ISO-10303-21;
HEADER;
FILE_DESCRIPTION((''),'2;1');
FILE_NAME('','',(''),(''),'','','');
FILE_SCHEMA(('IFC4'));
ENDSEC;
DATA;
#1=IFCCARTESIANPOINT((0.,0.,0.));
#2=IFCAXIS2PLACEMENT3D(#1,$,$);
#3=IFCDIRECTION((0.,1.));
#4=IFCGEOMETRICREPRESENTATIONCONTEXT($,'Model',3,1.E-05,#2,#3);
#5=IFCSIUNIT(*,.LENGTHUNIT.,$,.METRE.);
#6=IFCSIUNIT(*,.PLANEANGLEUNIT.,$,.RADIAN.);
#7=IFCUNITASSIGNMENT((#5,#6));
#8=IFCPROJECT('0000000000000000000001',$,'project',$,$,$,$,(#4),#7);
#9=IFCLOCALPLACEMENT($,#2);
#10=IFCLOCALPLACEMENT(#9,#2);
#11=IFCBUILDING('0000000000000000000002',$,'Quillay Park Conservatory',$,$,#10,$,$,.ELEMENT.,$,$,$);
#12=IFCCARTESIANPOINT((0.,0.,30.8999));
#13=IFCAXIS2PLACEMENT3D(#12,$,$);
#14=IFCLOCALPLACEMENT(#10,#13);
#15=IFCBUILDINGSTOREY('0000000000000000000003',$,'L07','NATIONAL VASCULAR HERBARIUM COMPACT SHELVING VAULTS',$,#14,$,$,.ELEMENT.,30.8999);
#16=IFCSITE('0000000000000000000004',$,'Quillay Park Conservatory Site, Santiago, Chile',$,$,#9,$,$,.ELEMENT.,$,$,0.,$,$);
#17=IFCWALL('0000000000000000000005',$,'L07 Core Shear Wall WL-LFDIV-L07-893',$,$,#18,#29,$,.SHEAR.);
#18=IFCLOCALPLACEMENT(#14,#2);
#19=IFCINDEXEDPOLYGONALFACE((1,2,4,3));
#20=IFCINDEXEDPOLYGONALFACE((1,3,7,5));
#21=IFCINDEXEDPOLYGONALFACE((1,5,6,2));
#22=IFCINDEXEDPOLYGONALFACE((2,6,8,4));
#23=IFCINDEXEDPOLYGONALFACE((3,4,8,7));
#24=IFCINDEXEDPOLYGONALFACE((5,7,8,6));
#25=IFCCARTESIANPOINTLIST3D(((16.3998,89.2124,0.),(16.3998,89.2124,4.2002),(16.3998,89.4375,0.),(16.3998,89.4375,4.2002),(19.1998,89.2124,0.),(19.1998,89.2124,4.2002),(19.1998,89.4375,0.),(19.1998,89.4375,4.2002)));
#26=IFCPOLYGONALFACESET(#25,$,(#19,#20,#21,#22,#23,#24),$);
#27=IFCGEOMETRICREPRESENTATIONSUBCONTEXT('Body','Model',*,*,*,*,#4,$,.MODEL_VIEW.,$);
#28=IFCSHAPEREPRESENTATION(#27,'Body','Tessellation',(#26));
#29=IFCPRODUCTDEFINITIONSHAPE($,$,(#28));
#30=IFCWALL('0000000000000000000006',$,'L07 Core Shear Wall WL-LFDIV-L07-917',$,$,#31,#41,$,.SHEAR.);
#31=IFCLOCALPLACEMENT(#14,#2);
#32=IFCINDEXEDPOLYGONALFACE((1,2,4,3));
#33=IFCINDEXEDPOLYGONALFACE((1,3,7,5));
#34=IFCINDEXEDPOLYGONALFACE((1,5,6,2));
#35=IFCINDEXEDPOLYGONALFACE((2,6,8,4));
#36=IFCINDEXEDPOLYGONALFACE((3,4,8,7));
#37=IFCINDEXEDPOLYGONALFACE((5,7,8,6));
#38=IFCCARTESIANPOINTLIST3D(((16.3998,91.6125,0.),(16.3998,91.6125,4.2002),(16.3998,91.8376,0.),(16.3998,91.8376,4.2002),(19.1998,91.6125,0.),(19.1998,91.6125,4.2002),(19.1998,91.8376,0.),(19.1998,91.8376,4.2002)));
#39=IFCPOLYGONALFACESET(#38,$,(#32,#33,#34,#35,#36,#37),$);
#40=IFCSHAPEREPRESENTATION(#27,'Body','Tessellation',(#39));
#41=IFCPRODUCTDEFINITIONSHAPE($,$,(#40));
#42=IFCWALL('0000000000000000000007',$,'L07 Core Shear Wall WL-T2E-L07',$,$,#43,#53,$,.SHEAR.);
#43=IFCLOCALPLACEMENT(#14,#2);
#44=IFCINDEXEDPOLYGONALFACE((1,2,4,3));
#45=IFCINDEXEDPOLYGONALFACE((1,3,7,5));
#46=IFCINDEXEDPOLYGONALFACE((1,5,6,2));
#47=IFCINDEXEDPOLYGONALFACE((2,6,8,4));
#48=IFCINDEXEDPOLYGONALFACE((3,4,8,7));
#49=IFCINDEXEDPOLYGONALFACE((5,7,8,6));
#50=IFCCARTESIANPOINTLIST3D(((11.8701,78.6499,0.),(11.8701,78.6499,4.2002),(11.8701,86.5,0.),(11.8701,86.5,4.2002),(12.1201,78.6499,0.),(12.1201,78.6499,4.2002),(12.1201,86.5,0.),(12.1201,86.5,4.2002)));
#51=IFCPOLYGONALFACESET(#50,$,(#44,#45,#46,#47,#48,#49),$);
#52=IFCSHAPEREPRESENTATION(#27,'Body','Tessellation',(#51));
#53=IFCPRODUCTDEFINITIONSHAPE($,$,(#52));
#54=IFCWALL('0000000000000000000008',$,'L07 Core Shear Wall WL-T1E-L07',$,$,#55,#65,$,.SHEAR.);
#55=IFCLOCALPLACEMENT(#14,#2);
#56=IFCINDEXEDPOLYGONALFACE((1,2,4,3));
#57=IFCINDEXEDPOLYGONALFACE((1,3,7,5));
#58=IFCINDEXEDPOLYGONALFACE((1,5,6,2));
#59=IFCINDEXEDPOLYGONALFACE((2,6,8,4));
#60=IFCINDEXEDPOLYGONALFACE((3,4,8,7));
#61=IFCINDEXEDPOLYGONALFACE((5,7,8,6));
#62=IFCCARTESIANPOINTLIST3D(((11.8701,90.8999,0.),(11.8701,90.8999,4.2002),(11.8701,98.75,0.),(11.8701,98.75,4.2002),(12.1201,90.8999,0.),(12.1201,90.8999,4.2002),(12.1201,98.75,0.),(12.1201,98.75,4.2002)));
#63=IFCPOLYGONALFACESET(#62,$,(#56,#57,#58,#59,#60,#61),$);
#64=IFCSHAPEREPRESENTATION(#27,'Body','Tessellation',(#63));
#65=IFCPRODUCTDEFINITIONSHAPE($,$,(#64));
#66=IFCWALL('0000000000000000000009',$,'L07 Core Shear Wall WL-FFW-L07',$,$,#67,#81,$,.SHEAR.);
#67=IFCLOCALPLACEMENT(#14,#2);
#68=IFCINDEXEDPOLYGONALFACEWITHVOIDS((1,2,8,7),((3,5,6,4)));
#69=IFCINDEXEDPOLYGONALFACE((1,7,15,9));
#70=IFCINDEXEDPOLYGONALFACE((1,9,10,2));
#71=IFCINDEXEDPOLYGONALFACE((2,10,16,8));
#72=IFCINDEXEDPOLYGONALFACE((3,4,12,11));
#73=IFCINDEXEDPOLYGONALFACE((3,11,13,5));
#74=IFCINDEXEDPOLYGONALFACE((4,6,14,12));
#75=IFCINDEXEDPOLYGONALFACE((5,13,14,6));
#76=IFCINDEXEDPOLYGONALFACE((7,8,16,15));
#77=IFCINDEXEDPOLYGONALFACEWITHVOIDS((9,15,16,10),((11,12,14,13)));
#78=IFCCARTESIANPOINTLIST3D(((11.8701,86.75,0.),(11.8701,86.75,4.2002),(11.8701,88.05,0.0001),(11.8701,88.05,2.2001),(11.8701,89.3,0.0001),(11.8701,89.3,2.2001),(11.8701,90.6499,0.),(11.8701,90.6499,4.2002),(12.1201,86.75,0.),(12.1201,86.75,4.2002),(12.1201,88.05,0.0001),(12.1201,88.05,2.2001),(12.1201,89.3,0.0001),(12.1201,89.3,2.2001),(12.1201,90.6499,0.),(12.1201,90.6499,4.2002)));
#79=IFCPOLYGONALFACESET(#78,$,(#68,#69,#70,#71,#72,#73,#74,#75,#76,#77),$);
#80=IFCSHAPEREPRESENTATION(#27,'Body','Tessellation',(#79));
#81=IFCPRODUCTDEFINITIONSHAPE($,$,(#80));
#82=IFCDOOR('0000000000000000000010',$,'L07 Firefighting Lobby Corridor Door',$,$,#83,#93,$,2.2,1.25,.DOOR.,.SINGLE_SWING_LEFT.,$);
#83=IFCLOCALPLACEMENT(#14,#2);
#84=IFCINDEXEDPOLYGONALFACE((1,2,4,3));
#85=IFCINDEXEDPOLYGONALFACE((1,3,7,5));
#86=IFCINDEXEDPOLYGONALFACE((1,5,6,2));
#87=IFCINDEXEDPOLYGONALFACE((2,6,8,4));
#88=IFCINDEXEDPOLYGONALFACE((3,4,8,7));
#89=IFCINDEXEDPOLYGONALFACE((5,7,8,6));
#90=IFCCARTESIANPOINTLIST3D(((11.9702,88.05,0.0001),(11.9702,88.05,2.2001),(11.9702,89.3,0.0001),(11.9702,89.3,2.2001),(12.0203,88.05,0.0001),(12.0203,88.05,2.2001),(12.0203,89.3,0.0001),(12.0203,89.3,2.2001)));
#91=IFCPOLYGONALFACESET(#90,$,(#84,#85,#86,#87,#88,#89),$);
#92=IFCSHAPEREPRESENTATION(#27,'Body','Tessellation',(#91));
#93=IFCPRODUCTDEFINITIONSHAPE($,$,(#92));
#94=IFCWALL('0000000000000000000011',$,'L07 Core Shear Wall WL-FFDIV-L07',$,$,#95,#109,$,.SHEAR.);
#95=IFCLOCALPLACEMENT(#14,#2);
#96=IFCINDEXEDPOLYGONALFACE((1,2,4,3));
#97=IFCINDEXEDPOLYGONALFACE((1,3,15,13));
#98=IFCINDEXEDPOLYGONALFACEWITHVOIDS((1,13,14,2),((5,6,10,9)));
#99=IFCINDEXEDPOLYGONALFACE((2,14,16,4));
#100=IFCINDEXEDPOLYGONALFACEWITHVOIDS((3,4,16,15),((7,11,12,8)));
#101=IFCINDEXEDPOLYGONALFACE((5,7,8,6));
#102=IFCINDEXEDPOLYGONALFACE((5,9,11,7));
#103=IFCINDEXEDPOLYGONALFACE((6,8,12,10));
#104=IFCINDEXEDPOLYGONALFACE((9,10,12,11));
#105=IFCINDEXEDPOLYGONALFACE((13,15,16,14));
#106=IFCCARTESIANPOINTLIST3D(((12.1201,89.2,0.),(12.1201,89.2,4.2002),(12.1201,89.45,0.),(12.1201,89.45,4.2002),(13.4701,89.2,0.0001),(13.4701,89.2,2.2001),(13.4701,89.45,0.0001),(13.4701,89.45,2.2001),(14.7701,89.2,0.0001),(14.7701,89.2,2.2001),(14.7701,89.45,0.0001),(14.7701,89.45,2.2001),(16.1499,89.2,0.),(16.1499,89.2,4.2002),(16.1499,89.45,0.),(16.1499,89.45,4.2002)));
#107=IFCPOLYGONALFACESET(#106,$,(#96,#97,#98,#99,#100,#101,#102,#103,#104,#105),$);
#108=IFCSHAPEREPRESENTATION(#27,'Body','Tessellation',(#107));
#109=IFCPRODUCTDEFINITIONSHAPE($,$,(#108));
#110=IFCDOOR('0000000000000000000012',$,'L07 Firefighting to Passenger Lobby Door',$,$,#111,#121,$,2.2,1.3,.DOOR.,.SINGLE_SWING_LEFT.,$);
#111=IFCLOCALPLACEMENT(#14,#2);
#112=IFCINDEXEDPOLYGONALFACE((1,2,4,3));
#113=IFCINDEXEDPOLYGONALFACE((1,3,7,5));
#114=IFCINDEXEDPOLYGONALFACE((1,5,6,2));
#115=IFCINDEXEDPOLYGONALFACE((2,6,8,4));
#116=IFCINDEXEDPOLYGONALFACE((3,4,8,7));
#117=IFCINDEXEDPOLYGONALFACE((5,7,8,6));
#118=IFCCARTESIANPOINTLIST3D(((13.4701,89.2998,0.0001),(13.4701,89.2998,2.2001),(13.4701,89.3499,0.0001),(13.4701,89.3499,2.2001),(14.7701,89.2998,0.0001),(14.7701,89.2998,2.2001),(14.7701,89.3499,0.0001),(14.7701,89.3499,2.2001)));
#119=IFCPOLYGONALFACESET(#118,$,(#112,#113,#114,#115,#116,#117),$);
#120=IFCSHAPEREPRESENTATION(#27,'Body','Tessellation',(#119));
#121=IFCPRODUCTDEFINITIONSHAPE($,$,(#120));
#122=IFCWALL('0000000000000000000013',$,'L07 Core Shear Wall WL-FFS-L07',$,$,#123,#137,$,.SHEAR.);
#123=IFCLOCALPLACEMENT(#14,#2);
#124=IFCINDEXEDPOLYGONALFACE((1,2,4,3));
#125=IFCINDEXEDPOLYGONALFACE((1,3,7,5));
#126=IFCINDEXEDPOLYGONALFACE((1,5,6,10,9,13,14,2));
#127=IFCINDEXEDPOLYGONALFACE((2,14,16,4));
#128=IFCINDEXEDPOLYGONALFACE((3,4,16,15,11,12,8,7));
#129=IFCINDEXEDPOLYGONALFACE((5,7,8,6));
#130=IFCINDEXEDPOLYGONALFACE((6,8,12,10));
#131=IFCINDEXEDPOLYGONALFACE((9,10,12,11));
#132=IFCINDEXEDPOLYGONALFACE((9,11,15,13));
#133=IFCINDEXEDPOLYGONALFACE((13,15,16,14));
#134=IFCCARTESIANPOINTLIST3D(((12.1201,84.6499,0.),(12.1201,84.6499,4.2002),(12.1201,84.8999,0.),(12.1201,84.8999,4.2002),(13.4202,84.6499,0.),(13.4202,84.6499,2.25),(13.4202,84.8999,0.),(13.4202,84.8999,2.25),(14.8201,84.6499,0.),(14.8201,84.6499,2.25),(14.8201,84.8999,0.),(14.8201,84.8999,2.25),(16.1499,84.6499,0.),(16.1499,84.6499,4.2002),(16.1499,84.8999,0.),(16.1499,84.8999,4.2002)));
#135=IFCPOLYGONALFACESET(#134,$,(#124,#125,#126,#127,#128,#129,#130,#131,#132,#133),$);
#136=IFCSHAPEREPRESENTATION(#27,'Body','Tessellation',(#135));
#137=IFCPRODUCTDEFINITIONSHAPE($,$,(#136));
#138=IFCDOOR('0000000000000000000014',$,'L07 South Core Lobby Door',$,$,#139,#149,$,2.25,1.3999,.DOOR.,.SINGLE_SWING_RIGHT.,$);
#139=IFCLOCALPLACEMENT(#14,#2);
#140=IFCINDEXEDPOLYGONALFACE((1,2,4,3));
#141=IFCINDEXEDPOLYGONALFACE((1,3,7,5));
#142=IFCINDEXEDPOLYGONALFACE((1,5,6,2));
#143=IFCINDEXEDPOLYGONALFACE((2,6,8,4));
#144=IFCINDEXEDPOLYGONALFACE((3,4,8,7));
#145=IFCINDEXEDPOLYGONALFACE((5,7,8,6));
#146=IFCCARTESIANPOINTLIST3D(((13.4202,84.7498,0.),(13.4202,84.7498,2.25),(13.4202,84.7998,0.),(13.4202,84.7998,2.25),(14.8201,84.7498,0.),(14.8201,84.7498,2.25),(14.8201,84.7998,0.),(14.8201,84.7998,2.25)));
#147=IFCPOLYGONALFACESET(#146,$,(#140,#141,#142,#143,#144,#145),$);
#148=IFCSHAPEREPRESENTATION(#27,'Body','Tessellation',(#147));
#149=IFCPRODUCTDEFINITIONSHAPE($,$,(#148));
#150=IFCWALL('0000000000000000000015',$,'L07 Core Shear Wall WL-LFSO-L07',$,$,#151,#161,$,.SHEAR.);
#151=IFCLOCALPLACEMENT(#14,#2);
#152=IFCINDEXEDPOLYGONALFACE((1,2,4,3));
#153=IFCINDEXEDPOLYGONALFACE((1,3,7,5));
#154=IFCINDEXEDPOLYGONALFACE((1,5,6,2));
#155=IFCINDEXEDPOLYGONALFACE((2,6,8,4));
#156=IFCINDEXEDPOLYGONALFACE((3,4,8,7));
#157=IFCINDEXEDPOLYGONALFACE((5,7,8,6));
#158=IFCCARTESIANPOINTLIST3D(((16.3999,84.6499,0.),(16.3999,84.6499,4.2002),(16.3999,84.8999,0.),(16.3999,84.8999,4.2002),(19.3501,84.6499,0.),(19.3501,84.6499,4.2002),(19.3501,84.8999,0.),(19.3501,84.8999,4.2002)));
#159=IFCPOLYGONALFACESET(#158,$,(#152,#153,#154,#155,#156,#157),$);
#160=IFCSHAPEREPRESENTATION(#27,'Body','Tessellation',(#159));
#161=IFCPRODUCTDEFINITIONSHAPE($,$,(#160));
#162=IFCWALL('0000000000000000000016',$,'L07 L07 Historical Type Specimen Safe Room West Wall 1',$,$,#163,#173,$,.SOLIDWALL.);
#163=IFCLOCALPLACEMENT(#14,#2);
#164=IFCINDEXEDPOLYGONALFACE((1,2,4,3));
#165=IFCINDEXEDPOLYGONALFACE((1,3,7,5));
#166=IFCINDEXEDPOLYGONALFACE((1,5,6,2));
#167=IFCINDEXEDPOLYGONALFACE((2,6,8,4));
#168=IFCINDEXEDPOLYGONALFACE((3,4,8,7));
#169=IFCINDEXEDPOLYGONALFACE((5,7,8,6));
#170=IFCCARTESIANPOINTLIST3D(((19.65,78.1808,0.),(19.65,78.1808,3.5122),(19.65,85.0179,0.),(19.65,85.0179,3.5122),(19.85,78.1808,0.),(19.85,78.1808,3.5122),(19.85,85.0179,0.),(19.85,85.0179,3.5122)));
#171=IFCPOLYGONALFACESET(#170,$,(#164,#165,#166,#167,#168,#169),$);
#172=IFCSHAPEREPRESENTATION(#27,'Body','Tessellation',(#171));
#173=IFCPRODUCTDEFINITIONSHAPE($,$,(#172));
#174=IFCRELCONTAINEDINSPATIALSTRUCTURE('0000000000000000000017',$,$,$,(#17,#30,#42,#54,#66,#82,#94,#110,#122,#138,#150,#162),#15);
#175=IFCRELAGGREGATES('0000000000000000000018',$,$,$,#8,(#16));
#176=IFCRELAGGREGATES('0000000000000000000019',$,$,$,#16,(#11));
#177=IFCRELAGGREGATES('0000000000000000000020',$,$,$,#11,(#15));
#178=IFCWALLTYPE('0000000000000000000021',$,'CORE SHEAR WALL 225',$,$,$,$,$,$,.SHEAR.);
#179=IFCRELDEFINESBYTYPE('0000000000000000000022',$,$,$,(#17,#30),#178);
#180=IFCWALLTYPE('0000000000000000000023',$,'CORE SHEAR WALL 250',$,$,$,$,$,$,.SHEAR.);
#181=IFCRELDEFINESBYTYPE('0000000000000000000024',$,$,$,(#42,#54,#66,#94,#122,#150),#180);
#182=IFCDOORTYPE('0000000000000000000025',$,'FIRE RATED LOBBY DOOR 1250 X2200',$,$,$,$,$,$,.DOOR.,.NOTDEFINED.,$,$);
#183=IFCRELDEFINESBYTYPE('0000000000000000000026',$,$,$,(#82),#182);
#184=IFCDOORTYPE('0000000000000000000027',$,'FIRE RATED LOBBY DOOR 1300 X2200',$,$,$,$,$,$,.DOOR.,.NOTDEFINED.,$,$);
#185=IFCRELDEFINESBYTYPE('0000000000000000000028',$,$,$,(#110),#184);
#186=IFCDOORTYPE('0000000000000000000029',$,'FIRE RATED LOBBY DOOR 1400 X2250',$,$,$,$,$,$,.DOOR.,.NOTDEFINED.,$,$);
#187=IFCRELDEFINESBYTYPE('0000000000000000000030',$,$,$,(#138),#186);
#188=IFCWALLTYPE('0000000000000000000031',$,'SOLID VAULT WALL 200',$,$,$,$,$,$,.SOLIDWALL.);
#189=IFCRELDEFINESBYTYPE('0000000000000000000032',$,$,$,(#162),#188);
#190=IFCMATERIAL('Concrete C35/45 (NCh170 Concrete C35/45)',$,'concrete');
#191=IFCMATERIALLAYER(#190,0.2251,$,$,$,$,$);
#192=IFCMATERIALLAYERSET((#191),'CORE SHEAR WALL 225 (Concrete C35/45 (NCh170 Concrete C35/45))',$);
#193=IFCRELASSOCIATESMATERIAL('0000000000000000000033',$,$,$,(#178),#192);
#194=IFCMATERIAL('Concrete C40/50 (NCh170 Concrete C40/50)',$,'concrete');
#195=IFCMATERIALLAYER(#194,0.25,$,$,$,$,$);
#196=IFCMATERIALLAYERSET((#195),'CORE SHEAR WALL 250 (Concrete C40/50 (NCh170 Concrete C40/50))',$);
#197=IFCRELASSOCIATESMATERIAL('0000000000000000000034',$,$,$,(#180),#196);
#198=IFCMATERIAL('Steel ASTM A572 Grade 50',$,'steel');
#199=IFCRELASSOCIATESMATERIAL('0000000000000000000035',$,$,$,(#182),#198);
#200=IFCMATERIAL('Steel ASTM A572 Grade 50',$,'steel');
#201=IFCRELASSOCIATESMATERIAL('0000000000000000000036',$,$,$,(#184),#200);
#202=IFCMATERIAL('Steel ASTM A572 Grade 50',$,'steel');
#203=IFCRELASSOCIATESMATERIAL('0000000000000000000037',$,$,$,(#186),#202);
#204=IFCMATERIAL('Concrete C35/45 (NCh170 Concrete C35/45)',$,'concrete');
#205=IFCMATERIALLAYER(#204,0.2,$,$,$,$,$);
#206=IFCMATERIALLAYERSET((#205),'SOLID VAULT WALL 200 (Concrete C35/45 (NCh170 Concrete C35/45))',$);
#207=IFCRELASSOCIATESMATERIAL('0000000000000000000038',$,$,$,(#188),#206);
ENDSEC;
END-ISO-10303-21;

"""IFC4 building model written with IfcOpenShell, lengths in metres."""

from ifc_helpers import new_model, si_unit, direction, frame, frame_2d, origin, place, context, subcontext, project, spatial, rectangle, extrude, material, layer, layer_set, type_object, element, fill, save


model = new_model("IFC4")

# Units and contexts
model_context = context("Model", 3, precision=1e-05, world=origin(), true_north=direction((0.0, 1.0)))
body_context = subcontext(model_context, "Body", "Model", "MODEL_VIEW")
ifc_project = project(units=[si_unit("LENGTHUNIT", "METRE"), si_unit("PLANEANGLEUNIT", "RADIAN")], contexts=[model_context])

# Site, building, storey
site_placement = place(None, origin())
site = spatial("IfcSite", under=ifc_project, at=site_placement, Name="Quillay Park Conservatory Site, Santiago, Chile", CompositionType="ELEMENT", RefElevation=0.0)
building_placement = place(site_placement, origin())
building = spatial("IfcBuilding", under=site, at=building_placement, Name="Quillay Park Conservatory", CompositionType="ELEMENT")
storey_placement = place(building_placement, frame((0.0, 0.0, 30.8999)))
storey = spatial("IfcBuildingStorey", under=building, at=storey_placement, Name="L07", Description="NATIONAL VASCULAR HERBARIUM COMPACT SHELVING VAULTS", CompositionType="ELEMENT", Elevation=30.8999)

# Walls
ifc_material_1 = material(Name="Concrete C35/45 (NCh170 Concrete C35/45)", Category="concrete")
ifc_layer_1 = layer(ifc_material_1, 0.2251)
ifc_layer_set_1 = layer_set([ifc_layer_1], Name="CORE SHEAR WALL 225 (Concrete C35/45 (NCh170 Concrete C35/45))")
wall_type_1 = type_object("IfcWallType", Name="CORE SHEAR WALL 225", PredefinedType="SHEAR", material=ifc_layer_set_1)
for number, where, z_axis, x_axis, name in (
    (1, (16.3999, 89.325, 0.0), (0.0, 0.0, 1.0), (1.0, 0.0, 0.0), "L07 Core Shear Wall WL-LFDIV-L07-893"),
    (2, (16.3999, 91.7251, 0.0), (0.0, 0.0, 1.0), (1.0, 0.0, 0.0), "L07 Core Shear Wall WL-LFDIV-L07-917"),
):
    element("IfcWall", number, at=place(storey_placement, frame(where, z_axis=z_axis, x_axis=x_axis)), inside=storey, type_object=wall_type_1, Name=name, PredefinedType="SHEAR", context=body_context, shape_type="SweptSolid", body=[
        extrude(rectangle(XDim=2.8, YDim=0.2251, at=frame_2d((1.3999, 0.0))), origin(), (0.0, 0.0, 1.0), 4.2002),
    ])
ifc_material_2 = material(Name="Concrete C40/50 (NCh170 Concrete C40/50)", Category="concrete")
ifc_layer_2 = layer(ifc_material_2, 0.25)
ifc_layer_set_2 = layer_set([ifc_layer_2], Name="CORE SHEAR WALL 250 (Concrete C40/50 (NCh170 Concrete C40/50))")
wall_type_2 = type_object("IfcWallType", Name="CORE SHEAR WALL 250", PredefinedType="SHEAR", material=ifc_layer_set_2)
for number, where, z_axis, x_axis, name in (
    (3, (11.9951, 78.6499, 0.0), (0.0, 0.0, 1.0), (0.0, 1.0, 0.0), "L07 Core Shear Wall WL-T2E-L07"),
    (4, (11.9951, 90.8999, 0.0), (0.0, 0.0, 1.0), (0.0, 1.0, 0.0), "L07 Core Shear Wall WL-T1E-L07"),
):
    element("IfcWall", number, at=place(storey_placement, frame(where, z_axis=z_axis, x_axis=x_axis)), inside=storey, type_object=wall_type_2, Name=name, PredefinedType="SHEAR", context=body_context, shape_type="SweptSolid", body=[
        extrude(rectangle(XDim=7.8501, YDim=0.25, at=frame_2d((3.925, 0.0))), origin(), (0.0, 0.0, 1.0), 4.2002),
    ])

# Walls, openings, doors
wall_1_placement = place(storey_placement, frame((11.9951, 86.75, 0.0), z_axis=(0.0, 0.0, 1.0), x_axis=(0.0, 1.0, 0.0)))
wall_1 = element("IfcWall", 5, at=wall_1_placement, inside=storey, type_object=wall_type_2, Name="L07 Core Shear Wall WL-FFW-L07", PredefinedType="SHEAR", context=body_context, shape_type="SweptSolid", body=[
    extrude(rectangle(XDim=3.8999, YDim=0.25, at=frame_2d((1.95, 0.0))), origin(), (0.0, 0.0, 1.0), 4.2002),
])
opening_1_placement = place(wall_1_placement, frame((1.3, 0.0, 0.0)))
opening_1 = element("IfcOpeningElement", 6, at=opening_1_placement, cuts=wall_1, PredefinedType="OPENING", context=body_context, shape_type="SweptSolid", body=[
    extrude(rectangle(XDim=1.25, YDim=2.2, at=frame_2d((0.625, 1.1001))), frame((0.0, 0.125, 0.0), z_axis=(0.0, -1.0, 0.0), x_axis=(1.0, 0.0, 0.0)), (0.0, 0.0, 1.0), 0.25),
])
ifc_material_3 = material(Name="Steel ASTM A572 Grade 50", Category="steel")
door_type_1 = type_object("IfcDoorType", Name="FIRE RATED LOBBY DOOR 1250 X2200", OperationType="NOTDEFINED", PredefinedType="DOOR", material=ifc_material_3)
door_1_placement = place(opening_1_placement, origin())
door_1 = element("IfcDoor", 7, at=door_1_placement, inside=storey, type_object=door_type_1, Name="L07 Firefighting Lobby Corridor Door", OperationType="SINGLE_SWING_LEFT", OverallHeight=2.2, OverallWidth=1.25, PredefinedType="DOOR", context=body_context, shape_type="SweptSolid", body=[
    extrude(rectangle(XDim=1.25, YDim=2.2, at=frame_2d((0.625, 1.1001))), frame((0.0, 0.0249, 0.0), z_axis=(0.0, -1.0, 0.0), x_axis=(1.0, 0.0, 0.0)), (0.0, 0.0, 1.0), 0.05),
])
fill(opening_1, door_1)
wall_2_placement = place(storey_placement, frame((12.1201, 89.325, 0.0), z_axis=(0.0, 0.0, 1.0), x_axis=(1.0, 0.0, 0.0)))
wall_2 = element("IfcWall", 8, at=wall_2_placement, inside=storey, type_object=wall_type_2, Name="L07 Core Shear Wall WL-FFDIV-L07", PredefinedType="SHEAR", context=body_context, shape_type="SweptSolid", body=[
    extrude(rectangle(XDim=4.0298, YDim=0.25, at=frame_2d((2.0149, 0.0))), origin(), (0.0, 0.0, 1.0), 4.2002),
])
opening_2_placement = place(wall_2_placement, frame((1.3501, 0.0, 0.0)))
opening_2 = element("IfcOpeningElement", 9, at=opening_2_placement, cuts=wall_2, PredefinedType="OPENING", context=body_context, shape_type="SweptSolid", body=[
    extrude(rectangle(XDim=1.3, YDim=2.2, at=frame_2d((0.6499, 1.1001))), frame((0.0, 0.125, 0.0), z_axis=(0.0, -1.0, 0.0), x_axis=(1.0, 0.0, 0.0)), (0.0, 0.0, 1.0), 0.25),
])
ifc_material_4 = material(Name="Steel ASTM A572 Grade 50", Category="steel")
door_type_2 = type_object("IfcDoorType", Name="FIRE RATED LOBBY DOOR 1300 X2200", OperationType="NOTDEFINED", PredefinedType="DOOR", material=ifc_material_4)
door_2_placement = place(opening_2_placement, origin())
door_2 = element("IfcDoor", 10, at=door_2_placement, inside=storey, type_object=door_type_2, Name="L07 Firefighting to Passenger Lobby Door", OperationType="SINGLE_SWING_LEFT", OverallHeight=2.2, OverallWidth=1.3, PredefinedType="DOOR", context=body_context, shape_type="SweptSolid", body=[
    extrude(rectangle(XDim=1.3, YDim=2.2, at=frame_2d((0.6499, 1.1001))), frame((0.0, 0.0249, 0.0), z_axis=(0.0, -1.0, 0.0), x_axis=(1.0, 0.0, 0.0)), (0.0, 0.0, 1.0), 0.05),
])
fill(opening_2, door_2)
wall_3_placement = place(storey_placement, frame((12.1201, 84.7749, 0.0), z_axis=(0.0, 0.0, 1.0), x_axis=(1.0, 0.0, 0.0)))
wall_3 = element("IfcWall", 11, at=wall_3_placement, inside=storey, type_object=wall_type_2, Name="L07 Core Shear Wall WL-FFS-L07", PredefinedType="SHEAR", context=body_context, shape_type="SweptSolid", body=[
    extrude(rectangle(XDim=4.0298, YDim=0.25, at=frame_2d((2.0149, 0.0))), origin(), (0.0, 0.0, 1.0), 4.2002),
])
opening_3_placement = place(wall_3_placement, frame((1.3, 0.0, 0.0)))
opening_3 = element("IfcOpeningElement", 12, at=opening_3_placement, cuts=wall_3, PredefinedType="OPENING", context=body_context, shape_type="SweptSolid", body=[
    extrude(rectangle(XDim=1.3999, YDim=2.25, at=frame_2d((0.7, 1.125))), frame((0.0, 0.125, 0.0), z_axis=(0.0, -1.0, 0.0), x_axis=(1.0, 0.0, 0.0)), (0.0, 0.0, 1.0), 0.25),
])
ifc_material_5 = material(Name="Steel ASTM A572 Grade 50", Category="steel")
door_type_3 = type_object("IfcDoorType", Name="FIRE RATED LOBBY DOOR 1400 X2250", OperationType="NOTDEFINED", PredefinedType="DOOR", material=ifc_material_5)
door_3_placement = place(opening_3_placement, origin())
door_3 = element("IfcDoor", 13, at=door_3_placement, inside=storey, type_object=door_type_3, Name="L07 South Core Lobby Door", OperationType="SINGLE_SWING_RIGHT", OverallHeight=2.25, OverallWidth=1.3999, PredefinedType="DOOR", context=body_context, shape_type="SweptSolid", body=[
    extrude(rectangle(XDim=1.3999, YDim=2.25, at=frame_2d((0.7, 1.125))), frame((0.0, 0.0249, 0.0), z_axis=(0.0, -1.0, 0.0), x_axis=(1.0, 0.0, 0.0)), (0.0, 0.0, 1.0), 0.05),
])
fill(opening_3, door_3)

# Wall
wall_4_placement = place(storey_placement, frame((16.3999, 84.7749, 0.0), z_axis=(0.0, 0.0, 1.0), x_axis=(1.0, 0.0, 0.0)))
element("IfcWall", 14, at=wall_4_placement, inside=storey, type_object=wall_type_2, Name="L07 Core Shear Wall WL-LFSO-L07", PredefinedType="SHEAR", context=body_context, shape_type="SweptSolid", body=[
    extrude(rectangle(XDim=2.9502, YDim=0.25, at=frame_2d((1.4751, 0.0))), origin(), (0.0, 0.0, 1.0), 4.2002),
])

# Wall
ifc_material_6 = material(Name="Concrete C35/45 (NCh170 Concrete C35/45)", Category="concrete")
ifc_layer_3 = layer(ifc_material_6, 0.2)
ifc_layer_set_3 = layer_set([ifc_layer_3], Name="SOLID VAULT WALL 200 (Concrete C35/45 (NCh170 Concrete C35/45))")
wall_type_3 = type_object("IfcWallType", Name="SOLID VAULT WALL 200", PredefinedType="SOLIDWALL", material=ifc_layer_set_3)
wall_5_placement = place(storey_placement, frame((19.75, 78.1809, 0.0), z_axis=(0.0, 0.0, 1.0), x_axis=(0.0, 1.0, 0.0)))
element("IfcWall", 15, at=wall_5_placement, inside=storey, type_object=wall_type_3, Name="L07 L07 Historical Type Specimen Safe Room West Wall 1", PredefinedType="SOLIDWALL", context=body_context, shape_type="SweptSolid", body=[
    extrude(rectangle(XDim=6.8372, YDim=0.2, at=frame_2d((3.4185, 0.0))), origin(), (0.0, 0.0, 1.0), 3.5122),
])

save(model, "model.ifc")
